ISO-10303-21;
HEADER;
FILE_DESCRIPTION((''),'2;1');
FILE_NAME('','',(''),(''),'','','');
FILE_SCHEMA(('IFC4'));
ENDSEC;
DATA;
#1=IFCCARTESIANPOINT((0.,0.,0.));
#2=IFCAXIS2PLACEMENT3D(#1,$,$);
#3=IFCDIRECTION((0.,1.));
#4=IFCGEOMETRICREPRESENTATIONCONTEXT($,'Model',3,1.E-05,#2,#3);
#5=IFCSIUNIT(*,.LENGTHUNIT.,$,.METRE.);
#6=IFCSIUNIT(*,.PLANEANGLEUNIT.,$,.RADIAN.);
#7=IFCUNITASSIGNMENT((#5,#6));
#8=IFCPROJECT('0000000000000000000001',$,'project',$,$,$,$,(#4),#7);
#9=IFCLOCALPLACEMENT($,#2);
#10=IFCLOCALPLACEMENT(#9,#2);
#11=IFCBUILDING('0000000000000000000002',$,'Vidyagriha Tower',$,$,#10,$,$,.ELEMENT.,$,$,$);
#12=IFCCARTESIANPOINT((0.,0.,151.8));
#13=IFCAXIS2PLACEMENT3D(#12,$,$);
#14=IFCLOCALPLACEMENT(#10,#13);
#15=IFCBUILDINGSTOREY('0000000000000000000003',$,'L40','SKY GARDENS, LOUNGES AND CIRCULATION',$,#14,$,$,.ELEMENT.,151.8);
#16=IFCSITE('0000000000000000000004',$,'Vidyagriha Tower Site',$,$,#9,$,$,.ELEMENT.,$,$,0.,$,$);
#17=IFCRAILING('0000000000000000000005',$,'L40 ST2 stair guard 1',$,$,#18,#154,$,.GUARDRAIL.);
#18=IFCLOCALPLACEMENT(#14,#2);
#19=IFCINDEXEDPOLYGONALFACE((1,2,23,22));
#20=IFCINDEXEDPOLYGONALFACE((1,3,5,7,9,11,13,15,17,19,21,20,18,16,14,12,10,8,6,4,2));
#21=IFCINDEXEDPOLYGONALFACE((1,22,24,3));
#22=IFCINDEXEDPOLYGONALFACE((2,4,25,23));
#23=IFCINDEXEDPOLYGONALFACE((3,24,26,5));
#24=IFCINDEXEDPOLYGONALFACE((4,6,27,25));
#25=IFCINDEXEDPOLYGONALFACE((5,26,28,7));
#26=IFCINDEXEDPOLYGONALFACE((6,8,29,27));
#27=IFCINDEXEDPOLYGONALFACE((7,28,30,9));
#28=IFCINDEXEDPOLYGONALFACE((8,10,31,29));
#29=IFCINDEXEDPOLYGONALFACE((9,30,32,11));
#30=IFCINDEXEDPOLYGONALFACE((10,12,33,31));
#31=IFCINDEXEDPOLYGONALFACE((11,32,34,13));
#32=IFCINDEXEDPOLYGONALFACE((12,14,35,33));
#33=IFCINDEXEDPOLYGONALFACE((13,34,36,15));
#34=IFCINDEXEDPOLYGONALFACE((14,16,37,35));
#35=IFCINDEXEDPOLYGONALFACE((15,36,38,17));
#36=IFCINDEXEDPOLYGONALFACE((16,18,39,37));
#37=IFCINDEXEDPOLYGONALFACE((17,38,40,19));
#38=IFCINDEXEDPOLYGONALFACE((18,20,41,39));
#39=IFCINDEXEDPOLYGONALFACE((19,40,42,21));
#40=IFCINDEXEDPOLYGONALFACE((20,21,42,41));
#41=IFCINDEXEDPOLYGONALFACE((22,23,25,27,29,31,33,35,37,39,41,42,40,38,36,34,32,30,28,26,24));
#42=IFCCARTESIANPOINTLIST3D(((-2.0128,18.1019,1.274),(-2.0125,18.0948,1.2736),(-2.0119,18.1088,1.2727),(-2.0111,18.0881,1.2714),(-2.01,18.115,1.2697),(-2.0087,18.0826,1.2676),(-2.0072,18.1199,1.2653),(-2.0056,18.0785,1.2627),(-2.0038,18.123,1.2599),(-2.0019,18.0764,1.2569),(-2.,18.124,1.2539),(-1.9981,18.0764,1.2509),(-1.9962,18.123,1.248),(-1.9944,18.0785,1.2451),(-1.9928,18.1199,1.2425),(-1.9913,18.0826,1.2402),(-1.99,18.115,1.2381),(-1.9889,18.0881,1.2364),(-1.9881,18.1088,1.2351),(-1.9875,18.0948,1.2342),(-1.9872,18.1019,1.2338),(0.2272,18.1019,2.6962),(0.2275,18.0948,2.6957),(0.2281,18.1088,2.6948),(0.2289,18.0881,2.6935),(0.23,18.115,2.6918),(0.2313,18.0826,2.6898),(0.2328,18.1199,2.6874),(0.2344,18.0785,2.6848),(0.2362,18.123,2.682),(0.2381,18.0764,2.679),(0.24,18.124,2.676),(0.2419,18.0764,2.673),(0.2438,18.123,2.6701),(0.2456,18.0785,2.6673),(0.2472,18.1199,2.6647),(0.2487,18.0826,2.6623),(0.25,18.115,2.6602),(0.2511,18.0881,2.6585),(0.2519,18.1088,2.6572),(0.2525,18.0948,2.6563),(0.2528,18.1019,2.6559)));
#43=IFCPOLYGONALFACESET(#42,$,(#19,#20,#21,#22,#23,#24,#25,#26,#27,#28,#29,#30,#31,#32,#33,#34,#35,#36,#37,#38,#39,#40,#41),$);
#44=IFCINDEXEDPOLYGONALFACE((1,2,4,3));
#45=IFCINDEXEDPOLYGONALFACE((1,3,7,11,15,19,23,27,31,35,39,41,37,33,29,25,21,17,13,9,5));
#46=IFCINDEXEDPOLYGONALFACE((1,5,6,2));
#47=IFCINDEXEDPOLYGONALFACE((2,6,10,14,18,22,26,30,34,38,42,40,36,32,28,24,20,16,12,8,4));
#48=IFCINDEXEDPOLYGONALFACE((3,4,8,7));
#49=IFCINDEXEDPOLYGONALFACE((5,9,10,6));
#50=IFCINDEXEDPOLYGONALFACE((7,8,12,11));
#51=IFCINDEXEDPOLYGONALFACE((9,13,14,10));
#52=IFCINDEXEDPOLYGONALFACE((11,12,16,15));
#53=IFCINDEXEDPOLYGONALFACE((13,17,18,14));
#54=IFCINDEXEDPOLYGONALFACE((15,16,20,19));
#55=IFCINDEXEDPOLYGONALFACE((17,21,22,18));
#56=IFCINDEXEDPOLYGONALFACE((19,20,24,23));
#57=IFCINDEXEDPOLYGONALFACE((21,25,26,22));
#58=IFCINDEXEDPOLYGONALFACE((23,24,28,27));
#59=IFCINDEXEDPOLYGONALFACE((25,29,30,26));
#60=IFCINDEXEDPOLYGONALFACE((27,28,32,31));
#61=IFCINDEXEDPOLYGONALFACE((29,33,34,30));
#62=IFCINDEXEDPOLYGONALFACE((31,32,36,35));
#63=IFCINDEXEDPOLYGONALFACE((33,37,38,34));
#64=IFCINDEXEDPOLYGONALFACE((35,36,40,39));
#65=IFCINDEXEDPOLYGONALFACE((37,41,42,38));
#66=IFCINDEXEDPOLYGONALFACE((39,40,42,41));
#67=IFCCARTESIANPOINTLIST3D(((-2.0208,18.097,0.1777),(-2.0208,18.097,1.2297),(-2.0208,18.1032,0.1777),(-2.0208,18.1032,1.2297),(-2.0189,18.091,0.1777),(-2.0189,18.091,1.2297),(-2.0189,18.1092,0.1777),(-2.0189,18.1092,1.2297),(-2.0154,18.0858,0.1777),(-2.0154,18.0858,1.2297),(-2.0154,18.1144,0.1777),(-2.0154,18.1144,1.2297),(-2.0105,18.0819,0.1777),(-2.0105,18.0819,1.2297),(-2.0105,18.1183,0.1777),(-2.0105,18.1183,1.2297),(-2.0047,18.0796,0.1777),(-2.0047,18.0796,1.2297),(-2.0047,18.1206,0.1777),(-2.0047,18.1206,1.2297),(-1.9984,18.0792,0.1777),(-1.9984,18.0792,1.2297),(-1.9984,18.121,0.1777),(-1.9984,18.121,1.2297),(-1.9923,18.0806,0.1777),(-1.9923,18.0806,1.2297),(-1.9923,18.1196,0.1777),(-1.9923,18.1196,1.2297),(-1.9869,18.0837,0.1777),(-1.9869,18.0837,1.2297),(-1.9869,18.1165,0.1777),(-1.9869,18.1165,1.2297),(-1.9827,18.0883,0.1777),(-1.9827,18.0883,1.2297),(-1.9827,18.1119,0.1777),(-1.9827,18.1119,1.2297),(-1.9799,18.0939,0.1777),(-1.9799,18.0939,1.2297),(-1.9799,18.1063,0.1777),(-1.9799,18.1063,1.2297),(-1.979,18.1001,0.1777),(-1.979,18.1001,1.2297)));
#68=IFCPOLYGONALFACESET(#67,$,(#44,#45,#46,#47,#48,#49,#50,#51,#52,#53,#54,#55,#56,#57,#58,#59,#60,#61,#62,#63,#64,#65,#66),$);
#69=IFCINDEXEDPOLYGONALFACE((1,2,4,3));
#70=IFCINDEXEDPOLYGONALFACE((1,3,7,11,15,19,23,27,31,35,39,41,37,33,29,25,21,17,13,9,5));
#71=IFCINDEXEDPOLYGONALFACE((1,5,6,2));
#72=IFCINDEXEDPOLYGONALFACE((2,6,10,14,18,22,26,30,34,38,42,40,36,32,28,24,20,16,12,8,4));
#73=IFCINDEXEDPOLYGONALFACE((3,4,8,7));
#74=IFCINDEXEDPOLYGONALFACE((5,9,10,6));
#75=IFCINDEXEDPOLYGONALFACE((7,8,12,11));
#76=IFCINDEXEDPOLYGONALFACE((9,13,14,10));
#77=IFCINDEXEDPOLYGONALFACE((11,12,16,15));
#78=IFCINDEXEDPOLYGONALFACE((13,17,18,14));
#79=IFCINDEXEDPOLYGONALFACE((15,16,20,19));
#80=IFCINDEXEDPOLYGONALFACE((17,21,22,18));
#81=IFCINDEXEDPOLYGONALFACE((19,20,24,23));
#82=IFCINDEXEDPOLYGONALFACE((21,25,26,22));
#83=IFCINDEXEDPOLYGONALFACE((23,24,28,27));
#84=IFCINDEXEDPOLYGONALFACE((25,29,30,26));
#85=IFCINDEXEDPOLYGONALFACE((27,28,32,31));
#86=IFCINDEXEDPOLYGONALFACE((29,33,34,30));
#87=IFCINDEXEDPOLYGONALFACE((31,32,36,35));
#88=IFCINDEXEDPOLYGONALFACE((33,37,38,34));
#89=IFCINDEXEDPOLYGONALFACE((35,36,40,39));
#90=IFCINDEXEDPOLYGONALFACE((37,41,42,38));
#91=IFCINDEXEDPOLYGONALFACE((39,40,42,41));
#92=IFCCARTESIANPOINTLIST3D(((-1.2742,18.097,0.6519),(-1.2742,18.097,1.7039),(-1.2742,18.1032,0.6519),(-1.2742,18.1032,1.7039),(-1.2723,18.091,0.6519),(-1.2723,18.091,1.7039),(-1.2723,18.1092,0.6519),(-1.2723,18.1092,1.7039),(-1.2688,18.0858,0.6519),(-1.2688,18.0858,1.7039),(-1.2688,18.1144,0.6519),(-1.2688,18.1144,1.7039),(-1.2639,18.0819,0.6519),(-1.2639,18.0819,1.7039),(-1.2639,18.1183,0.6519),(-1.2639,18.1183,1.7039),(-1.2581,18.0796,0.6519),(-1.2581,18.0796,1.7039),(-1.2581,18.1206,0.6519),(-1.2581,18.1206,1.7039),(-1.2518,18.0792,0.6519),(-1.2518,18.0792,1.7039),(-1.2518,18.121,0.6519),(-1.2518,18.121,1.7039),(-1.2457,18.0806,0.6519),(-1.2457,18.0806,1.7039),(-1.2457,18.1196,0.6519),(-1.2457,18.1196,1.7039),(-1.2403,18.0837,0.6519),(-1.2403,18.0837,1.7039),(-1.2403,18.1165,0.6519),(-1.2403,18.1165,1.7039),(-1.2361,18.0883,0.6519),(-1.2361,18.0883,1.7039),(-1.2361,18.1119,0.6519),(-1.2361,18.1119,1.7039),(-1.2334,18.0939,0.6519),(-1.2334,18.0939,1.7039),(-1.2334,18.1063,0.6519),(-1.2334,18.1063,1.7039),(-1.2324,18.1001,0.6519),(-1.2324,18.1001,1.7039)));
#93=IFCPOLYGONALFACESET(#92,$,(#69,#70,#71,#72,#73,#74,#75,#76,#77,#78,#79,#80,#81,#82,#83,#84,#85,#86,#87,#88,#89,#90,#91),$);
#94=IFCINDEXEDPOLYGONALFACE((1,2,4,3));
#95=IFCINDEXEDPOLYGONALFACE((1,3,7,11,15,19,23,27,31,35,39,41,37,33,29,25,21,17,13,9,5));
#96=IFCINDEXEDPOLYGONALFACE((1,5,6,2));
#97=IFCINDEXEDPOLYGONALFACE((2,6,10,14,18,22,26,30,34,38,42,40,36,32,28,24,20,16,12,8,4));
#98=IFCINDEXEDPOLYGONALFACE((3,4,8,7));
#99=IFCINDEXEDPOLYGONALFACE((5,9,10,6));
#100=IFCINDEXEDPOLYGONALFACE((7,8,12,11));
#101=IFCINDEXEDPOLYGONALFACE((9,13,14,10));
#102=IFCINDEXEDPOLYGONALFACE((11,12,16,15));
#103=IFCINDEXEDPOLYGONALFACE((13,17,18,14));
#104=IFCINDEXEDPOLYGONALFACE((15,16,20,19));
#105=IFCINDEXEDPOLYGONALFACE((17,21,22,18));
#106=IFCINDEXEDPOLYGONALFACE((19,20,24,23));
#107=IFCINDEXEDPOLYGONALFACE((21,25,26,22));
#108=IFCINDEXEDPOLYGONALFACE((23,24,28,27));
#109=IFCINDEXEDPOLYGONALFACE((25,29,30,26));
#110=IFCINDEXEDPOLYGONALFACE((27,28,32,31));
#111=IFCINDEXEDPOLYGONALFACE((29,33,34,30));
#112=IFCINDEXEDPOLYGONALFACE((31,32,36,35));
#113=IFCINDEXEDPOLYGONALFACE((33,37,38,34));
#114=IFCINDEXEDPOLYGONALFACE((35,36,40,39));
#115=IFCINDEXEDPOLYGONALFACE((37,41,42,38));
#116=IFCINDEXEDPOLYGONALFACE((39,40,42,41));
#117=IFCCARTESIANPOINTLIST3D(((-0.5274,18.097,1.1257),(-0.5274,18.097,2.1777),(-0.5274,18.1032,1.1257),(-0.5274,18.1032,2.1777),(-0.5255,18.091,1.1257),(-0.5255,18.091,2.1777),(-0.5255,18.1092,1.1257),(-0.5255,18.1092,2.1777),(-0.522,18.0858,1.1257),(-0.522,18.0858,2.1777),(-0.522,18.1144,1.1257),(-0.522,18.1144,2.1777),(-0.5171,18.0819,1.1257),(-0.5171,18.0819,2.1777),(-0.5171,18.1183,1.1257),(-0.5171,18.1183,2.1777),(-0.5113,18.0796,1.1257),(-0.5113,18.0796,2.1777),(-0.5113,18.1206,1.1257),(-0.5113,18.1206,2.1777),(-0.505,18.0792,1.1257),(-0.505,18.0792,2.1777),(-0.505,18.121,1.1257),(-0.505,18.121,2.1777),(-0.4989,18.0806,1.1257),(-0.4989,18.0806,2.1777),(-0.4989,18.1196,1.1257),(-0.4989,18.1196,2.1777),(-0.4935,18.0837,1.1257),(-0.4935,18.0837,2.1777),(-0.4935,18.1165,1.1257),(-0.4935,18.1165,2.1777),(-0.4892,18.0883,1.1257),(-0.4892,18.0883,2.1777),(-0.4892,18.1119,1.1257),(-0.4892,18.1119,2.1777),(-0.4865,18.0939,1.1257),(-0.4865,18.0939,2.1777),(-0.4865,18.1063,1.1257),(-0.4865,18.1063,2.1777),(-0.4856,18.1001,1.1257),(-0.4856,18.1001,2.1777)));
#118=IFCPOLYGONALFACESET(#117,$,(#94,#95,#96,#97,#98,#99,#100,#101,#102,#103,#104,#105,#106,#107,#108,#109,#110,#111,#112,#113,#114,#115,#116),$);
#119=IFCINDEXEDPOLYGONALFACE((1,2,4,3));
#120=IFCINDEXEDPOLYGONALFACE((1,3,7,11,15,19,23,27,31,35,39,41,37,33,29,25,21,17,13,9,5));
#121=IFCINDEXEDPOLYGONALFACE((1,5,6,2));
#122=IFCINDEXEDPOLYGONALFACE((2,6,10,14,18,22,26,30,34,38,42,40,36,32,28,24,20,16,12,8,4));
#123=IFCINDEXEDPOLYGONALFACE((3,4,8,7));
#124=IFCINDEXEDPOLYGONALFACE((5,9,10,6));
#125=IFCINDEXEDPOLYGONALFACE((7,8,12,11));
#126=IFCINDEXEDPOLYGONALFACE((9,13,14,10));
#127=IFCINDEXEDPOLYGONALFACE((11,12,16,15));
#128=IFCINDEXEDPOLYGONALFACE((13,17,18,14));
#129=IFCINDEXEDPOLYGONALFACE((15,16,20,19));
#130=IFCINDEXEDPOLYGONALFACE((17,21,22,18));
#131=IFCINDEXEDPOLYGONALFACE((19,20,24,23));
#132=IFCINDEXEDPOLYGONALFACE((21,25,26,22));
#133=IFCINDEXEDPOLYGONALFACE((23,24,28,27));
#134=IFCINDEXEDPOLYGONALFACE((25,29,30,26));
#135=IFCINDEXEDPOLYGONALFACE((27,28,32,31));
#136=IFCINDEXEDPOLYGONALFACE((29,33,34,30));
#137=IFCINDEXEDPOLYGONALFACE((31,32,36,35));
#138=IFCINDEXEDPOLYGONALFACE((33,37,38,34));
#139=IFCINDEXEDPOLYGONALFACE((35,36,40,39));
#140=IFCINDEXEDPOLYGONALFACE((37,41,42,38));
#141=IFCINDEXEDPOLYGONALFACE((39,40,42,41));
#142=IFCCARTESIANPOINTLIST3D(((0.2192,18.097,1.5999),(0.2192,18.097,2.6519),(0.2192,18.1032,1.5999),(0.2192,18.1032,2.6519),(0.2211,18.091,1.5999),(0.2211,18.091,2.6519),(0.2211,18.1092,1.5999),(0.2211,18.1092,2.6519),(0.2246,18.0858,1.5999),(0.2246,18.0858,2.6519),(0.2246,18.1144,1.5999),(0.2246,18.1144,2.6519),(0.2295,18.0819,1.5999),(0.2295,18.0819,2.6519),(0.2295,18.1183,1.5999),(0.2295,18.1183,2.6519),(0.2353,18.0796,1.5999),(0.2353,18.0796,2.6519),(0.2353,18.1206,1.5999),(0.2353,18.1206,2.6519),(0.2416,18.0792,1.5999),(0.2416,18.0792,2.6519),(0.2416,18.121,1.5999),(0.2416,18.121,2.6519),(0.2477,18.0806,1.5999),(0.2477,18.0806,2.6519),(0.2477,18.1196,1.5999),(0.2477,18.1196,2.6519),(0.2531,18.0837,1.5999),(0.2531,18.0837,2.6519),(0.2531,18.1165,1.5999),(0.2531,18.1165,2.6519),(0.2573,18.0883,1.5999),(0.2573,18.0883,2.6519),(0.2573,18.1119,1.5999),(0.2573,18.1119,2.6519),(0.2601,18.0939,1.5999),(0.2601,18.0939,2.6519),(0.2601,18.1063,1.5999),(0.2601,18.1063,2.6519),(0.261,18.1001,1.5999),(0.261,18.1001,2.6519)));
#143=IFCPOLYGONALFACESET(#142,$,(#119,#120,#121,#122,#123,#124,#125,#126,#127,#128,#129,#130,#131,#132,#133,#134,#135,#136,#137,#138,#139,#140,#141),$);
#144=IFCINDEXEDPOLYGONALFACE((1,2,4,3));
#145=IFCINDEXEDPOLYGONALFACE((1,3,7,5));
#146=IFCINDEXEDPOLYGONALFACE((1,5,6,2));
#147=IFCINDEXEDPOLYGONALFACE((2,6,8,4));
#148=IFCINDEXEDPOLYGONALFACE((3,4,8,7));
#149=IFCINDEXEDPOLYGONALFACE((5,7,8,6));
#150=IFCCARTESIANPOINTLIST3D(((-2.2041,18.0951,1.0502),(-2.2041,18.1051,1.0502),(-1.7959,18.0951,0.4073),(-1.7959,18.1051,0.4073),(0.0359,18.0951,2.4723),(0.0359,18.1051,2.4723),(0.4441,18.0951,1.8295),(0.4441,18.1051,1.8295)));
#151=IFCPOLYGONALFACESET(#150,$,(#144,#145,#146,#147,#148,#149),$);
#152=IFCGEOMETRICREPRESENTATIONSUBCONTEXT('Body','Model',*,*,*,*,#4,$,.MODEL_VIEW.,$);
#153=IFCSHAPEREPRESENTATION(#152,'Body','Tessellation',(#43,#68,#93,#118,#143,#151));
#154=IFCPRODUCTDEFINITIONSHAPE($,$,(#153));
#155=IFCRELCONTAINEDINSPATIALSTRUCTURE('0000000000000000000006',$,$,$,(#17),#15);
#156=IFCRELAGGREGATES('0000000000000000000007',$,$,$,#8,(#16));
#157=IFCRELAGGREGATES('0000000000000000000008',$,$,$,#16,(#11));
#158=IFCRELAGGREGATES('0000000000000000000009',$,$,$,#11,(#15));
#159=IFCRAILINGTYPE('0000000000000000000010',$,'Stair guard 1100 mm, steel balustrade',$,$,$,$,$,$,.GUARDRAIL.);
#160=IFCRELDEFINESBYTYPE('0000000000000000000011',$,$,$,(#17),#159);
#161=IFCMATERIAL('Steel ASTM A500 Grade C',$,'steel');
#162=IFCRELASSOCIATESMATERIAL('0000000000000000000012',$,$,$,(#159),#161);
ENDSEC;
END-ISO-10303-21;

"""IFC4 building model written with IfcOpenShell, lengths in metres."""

from ifc_helpers import new_model, si_unit, direction, frame, origin, origin_2d, place, context, subcontext, project, spatial, rectangle, circle, extrude, material, type_object, element, save


model = new_model("IFC4")

# Units and contexts
model_context = context("Model", 3, precision=1e-05, world=origin(), true_north=direction((0.0, 1.0)))
body_context = subcontext(model_context, "Body", "Model", "MODEL_VIEW")
ifc_project = project(units=[si_unit("LENGTHUNIT", "METRE"), si_unit("PLANEANGLEUNIT", "RADIAN")], contexts=[model_context])

# Site, building, storey
site_placement = place(None, origin())
site = spatial("IfcSite", under=ifc_project, at=site_placement, Name="Vidyagriha Tower Site", CompositionType="ELEMENT", RefElevation=0.0)
building_placement = place(site_placement, origin())
building = spatial("IfcBuilding", under=site, at=building_placement, Name="Vidyagriha Tower", CompositionType="ELEMENT")
storey_placement = place(building_placement, frame((0.0, 0.0, 151.8)))
storey = spatial("IfcBuildingStorey", under=building, at=storey_placement, Name="L40", Description="SKY GARDENS, LOUNGES AND CIRCULATION", CompositionType="ELEMENT", Elevation=151.8)

# Railing
ifc_material_1 = material(Name="Steel ASTM A500 Grade C", Category="steel")
railing_type_1 = type_object("IfcRailingType", Name="Stair guard 1100 mm, steel balustrade", PredefinedType="GUARDRAIL", material=ifc_material_1)
railing_1_placement = place(storey_placement, frame((-2.0, 18.1001, 0.1777)))
element("IfcRailing", 1, at=railing_1_placement, inside=storey, type_object=railing_type_1, Name="L40 ST2 stair guard 1", PredefinedType="GUARDRAIL", context=body_context, shape_type="SweptSolid", body=[
    extrude(circle(Radius=0.0239, at=origin_2d()), frame((0.0, 0.0, 1.0762), z_axis=(0.844229, 0.0, 0.535982), x_axis=(0.0, 1.0, 0.0)), (0.0, 0.0, 1.0), 2.6533),
    extrude(circle(Radius=0.021, at=origin_2d()), origin(), (0.0, 0.0, 1.0), 1.052),
    extrude(circle(Radius=0.021, at=origin_2d()), frame((0.7466, 0.0, 0.4741)), (0.0, 0.0, 1.0), 1.052),
    extrude(circle(Radius=0.021, at=origin_2d()), frame((1.4934, 0.0, 0.948)), (0.0, 0.0, 1.0), 1.052),
    extrude(circle(Radius=0.021, at=origin_2d()), frame((2.24, 0.0, 1.4221)), (0.0, 0.0, 1.0), 1.052),
    extrude(rectangle(XDim=0.01, YDim=0.7615, at=origin_2d()), frame((0.0, 0.0, 0.551), z_axis=(0.844229, 0.0, 0.535982), x_axis=(0.0, 1.0, 0.0)), (0.0, 0.0, 1.0), 2.6533),
])

save(model, "model.ifc")
